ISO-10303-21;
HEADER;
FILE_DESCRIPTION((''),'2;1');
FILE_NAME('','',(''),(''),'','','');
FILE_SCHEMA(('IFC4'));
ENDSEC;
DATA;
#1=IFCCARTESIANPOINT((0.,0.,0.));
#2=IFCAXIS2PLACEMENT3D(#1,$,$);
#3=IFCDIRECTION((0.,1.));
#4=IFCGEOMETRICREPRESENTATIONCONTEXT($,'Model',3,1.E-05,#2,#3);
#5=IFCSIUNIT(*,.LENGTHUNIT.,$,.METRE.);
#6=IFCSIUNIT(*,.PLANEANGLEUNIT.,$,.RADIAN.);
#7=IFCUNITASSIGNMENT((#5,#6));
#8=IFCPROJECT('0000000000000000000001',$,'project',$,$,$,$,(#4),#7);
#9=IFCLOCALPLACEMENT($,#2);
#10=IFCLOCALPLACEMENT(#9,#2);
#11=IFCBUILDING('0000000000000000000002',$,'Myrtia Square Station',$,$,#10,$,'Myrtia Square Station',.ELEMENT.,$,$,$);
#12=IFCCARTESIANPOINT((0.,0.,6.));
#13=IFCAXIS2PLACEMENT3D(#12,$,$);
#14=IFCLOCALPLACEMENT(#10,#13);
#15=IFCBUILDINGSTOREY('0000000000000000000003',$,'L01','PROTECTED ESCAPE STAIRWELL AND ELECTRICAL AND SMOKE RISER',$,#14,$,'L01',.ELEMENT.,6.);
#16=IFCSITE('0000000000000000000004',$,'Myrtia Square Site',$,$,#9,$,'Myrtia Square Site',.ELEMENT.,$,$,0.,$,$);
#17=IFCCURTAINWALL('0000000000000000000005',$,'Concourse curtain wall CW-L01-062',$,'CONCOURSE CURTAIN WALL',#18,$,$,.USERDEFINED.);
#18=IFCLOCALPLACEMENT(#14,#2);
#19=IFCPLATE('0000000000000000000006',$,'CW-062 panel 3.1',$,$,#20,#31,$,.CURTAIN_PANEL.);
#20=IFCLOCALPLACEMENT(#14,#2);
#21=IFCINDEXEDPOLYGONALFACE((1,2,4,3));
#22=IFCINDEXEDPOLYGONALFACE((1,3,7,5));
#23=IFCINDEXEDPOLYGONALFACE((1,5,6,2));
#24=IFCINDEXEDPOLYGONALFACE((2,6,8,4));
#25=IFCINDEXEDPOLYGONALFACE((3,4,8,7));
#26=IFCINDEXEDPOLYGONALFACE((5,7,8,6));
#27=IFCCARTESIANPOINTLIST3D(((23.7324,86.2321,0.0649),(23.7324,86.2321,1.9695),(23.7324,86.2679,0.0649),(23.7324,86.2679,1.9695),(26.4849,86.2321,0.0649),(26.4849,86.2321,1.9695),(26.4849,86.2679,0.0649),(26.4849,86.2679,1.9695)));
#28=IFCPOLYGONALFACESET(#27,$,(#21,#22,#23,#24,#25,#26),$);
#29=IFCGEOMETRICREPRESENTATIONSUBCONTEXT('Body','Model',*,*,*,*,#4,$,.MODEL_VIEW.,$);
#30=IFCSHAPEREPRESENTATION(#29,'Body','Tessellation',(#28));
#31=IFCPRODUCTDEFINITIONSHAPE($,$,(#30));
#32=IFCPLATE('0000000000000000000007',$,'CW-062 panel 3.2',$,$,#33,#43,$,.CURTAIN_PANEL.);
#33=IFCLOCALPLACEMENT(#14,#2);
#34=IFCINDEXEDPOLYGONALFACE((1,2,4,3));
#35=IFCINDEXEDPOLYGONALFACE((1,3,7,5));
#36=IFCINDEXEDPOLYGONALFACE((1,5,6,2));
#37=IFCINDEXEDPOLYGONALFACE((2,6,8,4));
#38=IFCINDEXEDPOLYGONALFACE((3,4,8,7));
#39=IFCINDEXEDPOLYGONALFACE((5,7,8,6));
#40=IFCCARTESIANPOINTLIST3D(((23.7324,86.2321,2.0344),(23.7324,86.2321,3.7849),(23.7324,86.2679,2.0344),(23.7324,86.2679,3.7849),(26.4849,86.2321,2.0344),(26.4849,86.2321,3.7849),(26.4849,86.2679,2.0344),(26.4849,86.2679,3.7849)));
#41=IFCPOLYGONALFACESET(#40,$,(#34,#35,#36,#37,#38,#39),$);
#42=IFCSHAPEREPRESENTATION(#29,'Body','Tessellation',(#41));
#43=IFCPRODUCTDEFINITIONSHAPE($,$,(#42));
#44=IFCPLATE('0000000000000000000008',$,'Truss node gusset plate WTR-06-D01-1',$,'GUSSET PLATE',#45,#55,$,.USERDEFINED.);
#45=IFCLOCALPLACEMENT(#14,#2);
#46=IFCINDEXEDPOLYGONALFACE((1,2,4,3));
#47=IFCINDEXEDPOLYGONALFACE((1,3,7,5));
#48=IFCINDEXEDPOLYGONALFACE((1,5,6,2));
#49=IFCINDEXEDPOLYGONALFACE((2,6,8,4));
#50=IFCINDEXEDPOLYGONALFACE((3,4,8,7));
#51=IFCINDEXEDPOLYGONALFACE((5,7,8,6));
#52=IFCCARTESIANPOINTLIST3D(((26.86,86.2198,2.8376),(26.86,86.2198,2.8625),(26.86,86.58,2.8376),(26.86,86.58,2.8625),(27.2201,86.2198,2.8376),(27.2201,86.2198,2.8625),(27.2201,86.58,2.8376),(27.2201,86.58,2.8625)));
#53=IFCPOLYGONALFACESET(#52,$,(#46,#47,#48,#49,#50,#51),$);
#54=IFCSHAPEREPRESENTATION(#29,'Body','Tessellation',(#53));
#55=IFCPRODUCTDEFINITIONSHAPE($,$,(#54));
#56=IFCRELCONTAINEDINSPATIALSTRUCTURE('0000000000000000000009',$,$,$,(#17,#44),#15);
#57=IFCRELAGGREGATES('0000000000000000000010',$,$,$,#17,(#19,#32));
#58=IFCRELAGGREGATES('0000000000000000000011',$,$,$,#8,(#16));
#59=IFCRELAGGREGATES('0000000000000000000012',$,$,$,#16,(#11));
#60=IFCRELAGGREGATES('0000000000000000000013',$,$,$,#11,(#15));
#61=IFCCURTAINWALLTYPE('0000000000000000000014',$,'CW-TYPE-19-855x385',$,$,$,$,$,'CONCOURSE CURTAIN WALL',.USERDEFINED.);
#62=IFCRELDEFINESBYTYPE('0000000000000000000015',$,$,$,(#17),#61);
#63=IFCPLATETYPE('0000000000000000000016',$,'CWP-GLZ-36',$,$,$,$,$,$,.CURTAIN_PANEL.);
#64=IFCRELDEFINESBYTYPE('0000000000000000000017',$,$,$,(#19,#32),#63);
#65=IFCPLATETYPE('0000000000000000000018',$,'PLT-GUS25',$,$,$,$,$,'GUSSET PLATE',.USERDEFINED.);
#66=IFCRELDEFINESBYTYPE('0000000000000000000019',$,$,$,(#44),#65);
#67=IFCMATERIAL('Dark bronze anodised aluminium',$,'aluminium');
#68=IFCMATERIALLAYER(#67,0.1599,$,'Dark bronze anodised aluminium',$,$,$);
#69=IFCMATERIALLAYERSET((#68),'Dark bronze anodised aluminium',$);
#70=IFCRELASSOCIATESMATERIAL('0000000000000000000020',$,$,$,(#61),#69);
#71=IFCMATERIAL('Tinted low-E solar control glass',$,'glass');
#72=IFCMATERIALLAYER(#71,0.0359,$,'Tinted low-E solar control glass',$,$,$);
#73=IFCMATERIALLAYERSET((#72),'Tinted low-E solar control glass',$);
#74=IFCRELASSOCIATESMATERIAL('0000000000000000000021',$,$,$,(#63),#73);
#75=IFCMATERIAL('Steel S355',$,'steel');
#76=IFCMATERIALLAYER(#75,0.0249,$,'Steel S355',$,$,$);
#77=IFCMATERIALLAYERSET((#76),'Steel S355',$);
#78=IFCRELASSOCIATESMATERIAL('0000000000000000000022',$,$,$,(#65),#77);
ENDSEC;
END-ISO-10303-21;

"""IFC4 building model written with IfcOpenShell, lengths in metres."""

from ifc_helpers import new_model, si_unit, direction, frame, origin, origin_2d, place, context, subcontext, project, spatial, rectangle, extrude, material, layer, layer_set, type_object, element, aggregate, save


model = new_model("IFC4")

# Units and contexts
model_context = context("Model", 3, precision=1e-05, world=origin(), true_north=direction((0.0, 1.0)))
body_context = subcontext(model_context, "Body", "Model", "MODEL_VIEW")
ifc_project = project(units=[si_unit("LENGTHUNIT", "METRE"), si_unit("PLANEANGLEUNIT", "RADIAN")], contexts=[model_context])

# Site, building, storey
site_placement = place(None, origin())
site = spatial("IfcSite", under=ifc_project, at=site_placement, Name="Myrtia Square Site", LongName="Myrtia Square Site", CompositionType="ELEMENT", RefElevation=0.0)
building_placement = place(site_placement, origin())
building = spatial("IfcBuilding", under=site, at=building_placement, Name="Myrtia Square Station", LongName="Myrtia Square Station", CompositionType="ELEMENT")
storey_placement = place(building_placement, frame((0.0, 0.0, 6.0)))
storey = spatial("IfcBuildingStorey", under=building, at=storey_placement, Name="L01", Description="PROTECTED ESCAPE STAIRWELL AND ELECTRICAL AND SMOKE RISER", LongName="L01", CompositionType="ELEMENT", Elevation=6.0)

# Shared definitions
ifc_material_1 = material(Name="Steel S355", Category="steel")

# Curtain wall
ifc_material_2 = material(Name="Dark bronze anodised aluminium", Category="aluminium")
ifc_layer_1 = layer(ifc_material_2, 0.1599, Name="Dark bronze anodised aluminium")
ifc_layer_set_1 = layer_set([ifc_layer_1], Name="Dark bronze anodised aluminium")
curtain_wall_type = type_object("IfcCurtainWallType", Name="CW-TYPE-19-855x385", ElementType="CONCOURSE CURTAIN WALL", PredefinedType="USERDEFINED", material=ifc_layer_set_1)
curtain_wall_placement = place(storey_placement, origin())
curtain_wall = element("IfcCurtainWall", 1, at=curtain_wall_placement, inside=storey, type_object=curtain_wall_type, Name="Concourse curtain wall CW-L01-062", ObjectType="CONCOURSE CURTAIN WALL", PredefinedType="USERDEFINED")

# Plates
ifc_material_3 = material(Name="Tinted low-E solar control glass", Category="glass")
ifc_layer_2 = layer(ifc_material_3, 0.0359, Name="Tinted low-E solar control glass")
ifc_layer_set_2 = layer_set([ifc_layer_2], Name="Tinted low-E solar control glass")
plate_type_1 = type_object("IfcPlateType", Name="CWP-GLZ-36", PredefinedType="CURTAIN_PANEL", material=ifc_layer_set_2)
plate_1_placement = place(storey_placement, frame((25.1086, 86.25, 0.0649), z_axis=(0.0, 0.0, 1.0), x_axis=(1.0, 0.0, 0.0)))
plate_1 = element("IfcPlate", 2, at=plate_1_placement, type_object=plate_type_1, Name="CW-062 panel 3.1", PredefinedType="CURTAIN_PANEL", context=body_context, shape_type="SweptSolid", body=[
    extrude(rectangle(XDim=2.7524, YDim=0.0359, at=origin_2d()), origin(), (0.0, 0.0, 1.0), 1.9045),
])
plate_2_placement = place(storey_placement, frame((25.1086, 86.25, 2.0344), z_axis=(0.0, 0.0, 1.0), x_axis=(1.0, 0.0, 0.0)))
plate_2 = element("IfcPlate", 3, at=plate_2_placement, type_object=plate_type_1, Name="CW-062 panel 3.2", PredefinedType="CURTAIN_PANEL", context=body_context, shape_type="SweptSolid", body=[
    extrude(rectangle(XDim=2.7524, YDim=0.0359, at=origin_2d()), origin(), (0.0, 0.0, 1.0), 1.7505),
])
aggregate(curtain_wall, [plate_1, plate_2])
ifc_layer_3 = layer(ifc_material_1, 0.0249, Name="Steel S355")
ifc_layer_set_3 = layer_set([ifc_layer_3], Name="Steel S355")
plate_type_2 = type_object("IfcPlateType", Name="PLT-GUS25", ElementType="GUSSET PLATE", PredefinedType="USERDEFINED", material=ifc_layer_set_3)
plate_3_placement = place(storey_placement, frame((27.04, 86.3999, 2.8376), z_axis=(0.0, 0.0, 1.0), x_axis=(1.0, 0.0, 0.0)))
element("IfcPlate", 4, at=plate_3_placement, inside=storey, type_object=plate_type_2, Name="Truss node gusset plate WTR-06-D01-1", ObjectType="GUSSET PLATE", PredefinedType="USERDEFINED", context=body_context, shape_type="SweptSolid", body=[
    extrude(rectangle(XDim=0.3601, YDim=0.3601, at=origin_2d()), origin(), (0.0, 0.0, 1.0), 0.0249),
])

save(model, "model.ifc")
